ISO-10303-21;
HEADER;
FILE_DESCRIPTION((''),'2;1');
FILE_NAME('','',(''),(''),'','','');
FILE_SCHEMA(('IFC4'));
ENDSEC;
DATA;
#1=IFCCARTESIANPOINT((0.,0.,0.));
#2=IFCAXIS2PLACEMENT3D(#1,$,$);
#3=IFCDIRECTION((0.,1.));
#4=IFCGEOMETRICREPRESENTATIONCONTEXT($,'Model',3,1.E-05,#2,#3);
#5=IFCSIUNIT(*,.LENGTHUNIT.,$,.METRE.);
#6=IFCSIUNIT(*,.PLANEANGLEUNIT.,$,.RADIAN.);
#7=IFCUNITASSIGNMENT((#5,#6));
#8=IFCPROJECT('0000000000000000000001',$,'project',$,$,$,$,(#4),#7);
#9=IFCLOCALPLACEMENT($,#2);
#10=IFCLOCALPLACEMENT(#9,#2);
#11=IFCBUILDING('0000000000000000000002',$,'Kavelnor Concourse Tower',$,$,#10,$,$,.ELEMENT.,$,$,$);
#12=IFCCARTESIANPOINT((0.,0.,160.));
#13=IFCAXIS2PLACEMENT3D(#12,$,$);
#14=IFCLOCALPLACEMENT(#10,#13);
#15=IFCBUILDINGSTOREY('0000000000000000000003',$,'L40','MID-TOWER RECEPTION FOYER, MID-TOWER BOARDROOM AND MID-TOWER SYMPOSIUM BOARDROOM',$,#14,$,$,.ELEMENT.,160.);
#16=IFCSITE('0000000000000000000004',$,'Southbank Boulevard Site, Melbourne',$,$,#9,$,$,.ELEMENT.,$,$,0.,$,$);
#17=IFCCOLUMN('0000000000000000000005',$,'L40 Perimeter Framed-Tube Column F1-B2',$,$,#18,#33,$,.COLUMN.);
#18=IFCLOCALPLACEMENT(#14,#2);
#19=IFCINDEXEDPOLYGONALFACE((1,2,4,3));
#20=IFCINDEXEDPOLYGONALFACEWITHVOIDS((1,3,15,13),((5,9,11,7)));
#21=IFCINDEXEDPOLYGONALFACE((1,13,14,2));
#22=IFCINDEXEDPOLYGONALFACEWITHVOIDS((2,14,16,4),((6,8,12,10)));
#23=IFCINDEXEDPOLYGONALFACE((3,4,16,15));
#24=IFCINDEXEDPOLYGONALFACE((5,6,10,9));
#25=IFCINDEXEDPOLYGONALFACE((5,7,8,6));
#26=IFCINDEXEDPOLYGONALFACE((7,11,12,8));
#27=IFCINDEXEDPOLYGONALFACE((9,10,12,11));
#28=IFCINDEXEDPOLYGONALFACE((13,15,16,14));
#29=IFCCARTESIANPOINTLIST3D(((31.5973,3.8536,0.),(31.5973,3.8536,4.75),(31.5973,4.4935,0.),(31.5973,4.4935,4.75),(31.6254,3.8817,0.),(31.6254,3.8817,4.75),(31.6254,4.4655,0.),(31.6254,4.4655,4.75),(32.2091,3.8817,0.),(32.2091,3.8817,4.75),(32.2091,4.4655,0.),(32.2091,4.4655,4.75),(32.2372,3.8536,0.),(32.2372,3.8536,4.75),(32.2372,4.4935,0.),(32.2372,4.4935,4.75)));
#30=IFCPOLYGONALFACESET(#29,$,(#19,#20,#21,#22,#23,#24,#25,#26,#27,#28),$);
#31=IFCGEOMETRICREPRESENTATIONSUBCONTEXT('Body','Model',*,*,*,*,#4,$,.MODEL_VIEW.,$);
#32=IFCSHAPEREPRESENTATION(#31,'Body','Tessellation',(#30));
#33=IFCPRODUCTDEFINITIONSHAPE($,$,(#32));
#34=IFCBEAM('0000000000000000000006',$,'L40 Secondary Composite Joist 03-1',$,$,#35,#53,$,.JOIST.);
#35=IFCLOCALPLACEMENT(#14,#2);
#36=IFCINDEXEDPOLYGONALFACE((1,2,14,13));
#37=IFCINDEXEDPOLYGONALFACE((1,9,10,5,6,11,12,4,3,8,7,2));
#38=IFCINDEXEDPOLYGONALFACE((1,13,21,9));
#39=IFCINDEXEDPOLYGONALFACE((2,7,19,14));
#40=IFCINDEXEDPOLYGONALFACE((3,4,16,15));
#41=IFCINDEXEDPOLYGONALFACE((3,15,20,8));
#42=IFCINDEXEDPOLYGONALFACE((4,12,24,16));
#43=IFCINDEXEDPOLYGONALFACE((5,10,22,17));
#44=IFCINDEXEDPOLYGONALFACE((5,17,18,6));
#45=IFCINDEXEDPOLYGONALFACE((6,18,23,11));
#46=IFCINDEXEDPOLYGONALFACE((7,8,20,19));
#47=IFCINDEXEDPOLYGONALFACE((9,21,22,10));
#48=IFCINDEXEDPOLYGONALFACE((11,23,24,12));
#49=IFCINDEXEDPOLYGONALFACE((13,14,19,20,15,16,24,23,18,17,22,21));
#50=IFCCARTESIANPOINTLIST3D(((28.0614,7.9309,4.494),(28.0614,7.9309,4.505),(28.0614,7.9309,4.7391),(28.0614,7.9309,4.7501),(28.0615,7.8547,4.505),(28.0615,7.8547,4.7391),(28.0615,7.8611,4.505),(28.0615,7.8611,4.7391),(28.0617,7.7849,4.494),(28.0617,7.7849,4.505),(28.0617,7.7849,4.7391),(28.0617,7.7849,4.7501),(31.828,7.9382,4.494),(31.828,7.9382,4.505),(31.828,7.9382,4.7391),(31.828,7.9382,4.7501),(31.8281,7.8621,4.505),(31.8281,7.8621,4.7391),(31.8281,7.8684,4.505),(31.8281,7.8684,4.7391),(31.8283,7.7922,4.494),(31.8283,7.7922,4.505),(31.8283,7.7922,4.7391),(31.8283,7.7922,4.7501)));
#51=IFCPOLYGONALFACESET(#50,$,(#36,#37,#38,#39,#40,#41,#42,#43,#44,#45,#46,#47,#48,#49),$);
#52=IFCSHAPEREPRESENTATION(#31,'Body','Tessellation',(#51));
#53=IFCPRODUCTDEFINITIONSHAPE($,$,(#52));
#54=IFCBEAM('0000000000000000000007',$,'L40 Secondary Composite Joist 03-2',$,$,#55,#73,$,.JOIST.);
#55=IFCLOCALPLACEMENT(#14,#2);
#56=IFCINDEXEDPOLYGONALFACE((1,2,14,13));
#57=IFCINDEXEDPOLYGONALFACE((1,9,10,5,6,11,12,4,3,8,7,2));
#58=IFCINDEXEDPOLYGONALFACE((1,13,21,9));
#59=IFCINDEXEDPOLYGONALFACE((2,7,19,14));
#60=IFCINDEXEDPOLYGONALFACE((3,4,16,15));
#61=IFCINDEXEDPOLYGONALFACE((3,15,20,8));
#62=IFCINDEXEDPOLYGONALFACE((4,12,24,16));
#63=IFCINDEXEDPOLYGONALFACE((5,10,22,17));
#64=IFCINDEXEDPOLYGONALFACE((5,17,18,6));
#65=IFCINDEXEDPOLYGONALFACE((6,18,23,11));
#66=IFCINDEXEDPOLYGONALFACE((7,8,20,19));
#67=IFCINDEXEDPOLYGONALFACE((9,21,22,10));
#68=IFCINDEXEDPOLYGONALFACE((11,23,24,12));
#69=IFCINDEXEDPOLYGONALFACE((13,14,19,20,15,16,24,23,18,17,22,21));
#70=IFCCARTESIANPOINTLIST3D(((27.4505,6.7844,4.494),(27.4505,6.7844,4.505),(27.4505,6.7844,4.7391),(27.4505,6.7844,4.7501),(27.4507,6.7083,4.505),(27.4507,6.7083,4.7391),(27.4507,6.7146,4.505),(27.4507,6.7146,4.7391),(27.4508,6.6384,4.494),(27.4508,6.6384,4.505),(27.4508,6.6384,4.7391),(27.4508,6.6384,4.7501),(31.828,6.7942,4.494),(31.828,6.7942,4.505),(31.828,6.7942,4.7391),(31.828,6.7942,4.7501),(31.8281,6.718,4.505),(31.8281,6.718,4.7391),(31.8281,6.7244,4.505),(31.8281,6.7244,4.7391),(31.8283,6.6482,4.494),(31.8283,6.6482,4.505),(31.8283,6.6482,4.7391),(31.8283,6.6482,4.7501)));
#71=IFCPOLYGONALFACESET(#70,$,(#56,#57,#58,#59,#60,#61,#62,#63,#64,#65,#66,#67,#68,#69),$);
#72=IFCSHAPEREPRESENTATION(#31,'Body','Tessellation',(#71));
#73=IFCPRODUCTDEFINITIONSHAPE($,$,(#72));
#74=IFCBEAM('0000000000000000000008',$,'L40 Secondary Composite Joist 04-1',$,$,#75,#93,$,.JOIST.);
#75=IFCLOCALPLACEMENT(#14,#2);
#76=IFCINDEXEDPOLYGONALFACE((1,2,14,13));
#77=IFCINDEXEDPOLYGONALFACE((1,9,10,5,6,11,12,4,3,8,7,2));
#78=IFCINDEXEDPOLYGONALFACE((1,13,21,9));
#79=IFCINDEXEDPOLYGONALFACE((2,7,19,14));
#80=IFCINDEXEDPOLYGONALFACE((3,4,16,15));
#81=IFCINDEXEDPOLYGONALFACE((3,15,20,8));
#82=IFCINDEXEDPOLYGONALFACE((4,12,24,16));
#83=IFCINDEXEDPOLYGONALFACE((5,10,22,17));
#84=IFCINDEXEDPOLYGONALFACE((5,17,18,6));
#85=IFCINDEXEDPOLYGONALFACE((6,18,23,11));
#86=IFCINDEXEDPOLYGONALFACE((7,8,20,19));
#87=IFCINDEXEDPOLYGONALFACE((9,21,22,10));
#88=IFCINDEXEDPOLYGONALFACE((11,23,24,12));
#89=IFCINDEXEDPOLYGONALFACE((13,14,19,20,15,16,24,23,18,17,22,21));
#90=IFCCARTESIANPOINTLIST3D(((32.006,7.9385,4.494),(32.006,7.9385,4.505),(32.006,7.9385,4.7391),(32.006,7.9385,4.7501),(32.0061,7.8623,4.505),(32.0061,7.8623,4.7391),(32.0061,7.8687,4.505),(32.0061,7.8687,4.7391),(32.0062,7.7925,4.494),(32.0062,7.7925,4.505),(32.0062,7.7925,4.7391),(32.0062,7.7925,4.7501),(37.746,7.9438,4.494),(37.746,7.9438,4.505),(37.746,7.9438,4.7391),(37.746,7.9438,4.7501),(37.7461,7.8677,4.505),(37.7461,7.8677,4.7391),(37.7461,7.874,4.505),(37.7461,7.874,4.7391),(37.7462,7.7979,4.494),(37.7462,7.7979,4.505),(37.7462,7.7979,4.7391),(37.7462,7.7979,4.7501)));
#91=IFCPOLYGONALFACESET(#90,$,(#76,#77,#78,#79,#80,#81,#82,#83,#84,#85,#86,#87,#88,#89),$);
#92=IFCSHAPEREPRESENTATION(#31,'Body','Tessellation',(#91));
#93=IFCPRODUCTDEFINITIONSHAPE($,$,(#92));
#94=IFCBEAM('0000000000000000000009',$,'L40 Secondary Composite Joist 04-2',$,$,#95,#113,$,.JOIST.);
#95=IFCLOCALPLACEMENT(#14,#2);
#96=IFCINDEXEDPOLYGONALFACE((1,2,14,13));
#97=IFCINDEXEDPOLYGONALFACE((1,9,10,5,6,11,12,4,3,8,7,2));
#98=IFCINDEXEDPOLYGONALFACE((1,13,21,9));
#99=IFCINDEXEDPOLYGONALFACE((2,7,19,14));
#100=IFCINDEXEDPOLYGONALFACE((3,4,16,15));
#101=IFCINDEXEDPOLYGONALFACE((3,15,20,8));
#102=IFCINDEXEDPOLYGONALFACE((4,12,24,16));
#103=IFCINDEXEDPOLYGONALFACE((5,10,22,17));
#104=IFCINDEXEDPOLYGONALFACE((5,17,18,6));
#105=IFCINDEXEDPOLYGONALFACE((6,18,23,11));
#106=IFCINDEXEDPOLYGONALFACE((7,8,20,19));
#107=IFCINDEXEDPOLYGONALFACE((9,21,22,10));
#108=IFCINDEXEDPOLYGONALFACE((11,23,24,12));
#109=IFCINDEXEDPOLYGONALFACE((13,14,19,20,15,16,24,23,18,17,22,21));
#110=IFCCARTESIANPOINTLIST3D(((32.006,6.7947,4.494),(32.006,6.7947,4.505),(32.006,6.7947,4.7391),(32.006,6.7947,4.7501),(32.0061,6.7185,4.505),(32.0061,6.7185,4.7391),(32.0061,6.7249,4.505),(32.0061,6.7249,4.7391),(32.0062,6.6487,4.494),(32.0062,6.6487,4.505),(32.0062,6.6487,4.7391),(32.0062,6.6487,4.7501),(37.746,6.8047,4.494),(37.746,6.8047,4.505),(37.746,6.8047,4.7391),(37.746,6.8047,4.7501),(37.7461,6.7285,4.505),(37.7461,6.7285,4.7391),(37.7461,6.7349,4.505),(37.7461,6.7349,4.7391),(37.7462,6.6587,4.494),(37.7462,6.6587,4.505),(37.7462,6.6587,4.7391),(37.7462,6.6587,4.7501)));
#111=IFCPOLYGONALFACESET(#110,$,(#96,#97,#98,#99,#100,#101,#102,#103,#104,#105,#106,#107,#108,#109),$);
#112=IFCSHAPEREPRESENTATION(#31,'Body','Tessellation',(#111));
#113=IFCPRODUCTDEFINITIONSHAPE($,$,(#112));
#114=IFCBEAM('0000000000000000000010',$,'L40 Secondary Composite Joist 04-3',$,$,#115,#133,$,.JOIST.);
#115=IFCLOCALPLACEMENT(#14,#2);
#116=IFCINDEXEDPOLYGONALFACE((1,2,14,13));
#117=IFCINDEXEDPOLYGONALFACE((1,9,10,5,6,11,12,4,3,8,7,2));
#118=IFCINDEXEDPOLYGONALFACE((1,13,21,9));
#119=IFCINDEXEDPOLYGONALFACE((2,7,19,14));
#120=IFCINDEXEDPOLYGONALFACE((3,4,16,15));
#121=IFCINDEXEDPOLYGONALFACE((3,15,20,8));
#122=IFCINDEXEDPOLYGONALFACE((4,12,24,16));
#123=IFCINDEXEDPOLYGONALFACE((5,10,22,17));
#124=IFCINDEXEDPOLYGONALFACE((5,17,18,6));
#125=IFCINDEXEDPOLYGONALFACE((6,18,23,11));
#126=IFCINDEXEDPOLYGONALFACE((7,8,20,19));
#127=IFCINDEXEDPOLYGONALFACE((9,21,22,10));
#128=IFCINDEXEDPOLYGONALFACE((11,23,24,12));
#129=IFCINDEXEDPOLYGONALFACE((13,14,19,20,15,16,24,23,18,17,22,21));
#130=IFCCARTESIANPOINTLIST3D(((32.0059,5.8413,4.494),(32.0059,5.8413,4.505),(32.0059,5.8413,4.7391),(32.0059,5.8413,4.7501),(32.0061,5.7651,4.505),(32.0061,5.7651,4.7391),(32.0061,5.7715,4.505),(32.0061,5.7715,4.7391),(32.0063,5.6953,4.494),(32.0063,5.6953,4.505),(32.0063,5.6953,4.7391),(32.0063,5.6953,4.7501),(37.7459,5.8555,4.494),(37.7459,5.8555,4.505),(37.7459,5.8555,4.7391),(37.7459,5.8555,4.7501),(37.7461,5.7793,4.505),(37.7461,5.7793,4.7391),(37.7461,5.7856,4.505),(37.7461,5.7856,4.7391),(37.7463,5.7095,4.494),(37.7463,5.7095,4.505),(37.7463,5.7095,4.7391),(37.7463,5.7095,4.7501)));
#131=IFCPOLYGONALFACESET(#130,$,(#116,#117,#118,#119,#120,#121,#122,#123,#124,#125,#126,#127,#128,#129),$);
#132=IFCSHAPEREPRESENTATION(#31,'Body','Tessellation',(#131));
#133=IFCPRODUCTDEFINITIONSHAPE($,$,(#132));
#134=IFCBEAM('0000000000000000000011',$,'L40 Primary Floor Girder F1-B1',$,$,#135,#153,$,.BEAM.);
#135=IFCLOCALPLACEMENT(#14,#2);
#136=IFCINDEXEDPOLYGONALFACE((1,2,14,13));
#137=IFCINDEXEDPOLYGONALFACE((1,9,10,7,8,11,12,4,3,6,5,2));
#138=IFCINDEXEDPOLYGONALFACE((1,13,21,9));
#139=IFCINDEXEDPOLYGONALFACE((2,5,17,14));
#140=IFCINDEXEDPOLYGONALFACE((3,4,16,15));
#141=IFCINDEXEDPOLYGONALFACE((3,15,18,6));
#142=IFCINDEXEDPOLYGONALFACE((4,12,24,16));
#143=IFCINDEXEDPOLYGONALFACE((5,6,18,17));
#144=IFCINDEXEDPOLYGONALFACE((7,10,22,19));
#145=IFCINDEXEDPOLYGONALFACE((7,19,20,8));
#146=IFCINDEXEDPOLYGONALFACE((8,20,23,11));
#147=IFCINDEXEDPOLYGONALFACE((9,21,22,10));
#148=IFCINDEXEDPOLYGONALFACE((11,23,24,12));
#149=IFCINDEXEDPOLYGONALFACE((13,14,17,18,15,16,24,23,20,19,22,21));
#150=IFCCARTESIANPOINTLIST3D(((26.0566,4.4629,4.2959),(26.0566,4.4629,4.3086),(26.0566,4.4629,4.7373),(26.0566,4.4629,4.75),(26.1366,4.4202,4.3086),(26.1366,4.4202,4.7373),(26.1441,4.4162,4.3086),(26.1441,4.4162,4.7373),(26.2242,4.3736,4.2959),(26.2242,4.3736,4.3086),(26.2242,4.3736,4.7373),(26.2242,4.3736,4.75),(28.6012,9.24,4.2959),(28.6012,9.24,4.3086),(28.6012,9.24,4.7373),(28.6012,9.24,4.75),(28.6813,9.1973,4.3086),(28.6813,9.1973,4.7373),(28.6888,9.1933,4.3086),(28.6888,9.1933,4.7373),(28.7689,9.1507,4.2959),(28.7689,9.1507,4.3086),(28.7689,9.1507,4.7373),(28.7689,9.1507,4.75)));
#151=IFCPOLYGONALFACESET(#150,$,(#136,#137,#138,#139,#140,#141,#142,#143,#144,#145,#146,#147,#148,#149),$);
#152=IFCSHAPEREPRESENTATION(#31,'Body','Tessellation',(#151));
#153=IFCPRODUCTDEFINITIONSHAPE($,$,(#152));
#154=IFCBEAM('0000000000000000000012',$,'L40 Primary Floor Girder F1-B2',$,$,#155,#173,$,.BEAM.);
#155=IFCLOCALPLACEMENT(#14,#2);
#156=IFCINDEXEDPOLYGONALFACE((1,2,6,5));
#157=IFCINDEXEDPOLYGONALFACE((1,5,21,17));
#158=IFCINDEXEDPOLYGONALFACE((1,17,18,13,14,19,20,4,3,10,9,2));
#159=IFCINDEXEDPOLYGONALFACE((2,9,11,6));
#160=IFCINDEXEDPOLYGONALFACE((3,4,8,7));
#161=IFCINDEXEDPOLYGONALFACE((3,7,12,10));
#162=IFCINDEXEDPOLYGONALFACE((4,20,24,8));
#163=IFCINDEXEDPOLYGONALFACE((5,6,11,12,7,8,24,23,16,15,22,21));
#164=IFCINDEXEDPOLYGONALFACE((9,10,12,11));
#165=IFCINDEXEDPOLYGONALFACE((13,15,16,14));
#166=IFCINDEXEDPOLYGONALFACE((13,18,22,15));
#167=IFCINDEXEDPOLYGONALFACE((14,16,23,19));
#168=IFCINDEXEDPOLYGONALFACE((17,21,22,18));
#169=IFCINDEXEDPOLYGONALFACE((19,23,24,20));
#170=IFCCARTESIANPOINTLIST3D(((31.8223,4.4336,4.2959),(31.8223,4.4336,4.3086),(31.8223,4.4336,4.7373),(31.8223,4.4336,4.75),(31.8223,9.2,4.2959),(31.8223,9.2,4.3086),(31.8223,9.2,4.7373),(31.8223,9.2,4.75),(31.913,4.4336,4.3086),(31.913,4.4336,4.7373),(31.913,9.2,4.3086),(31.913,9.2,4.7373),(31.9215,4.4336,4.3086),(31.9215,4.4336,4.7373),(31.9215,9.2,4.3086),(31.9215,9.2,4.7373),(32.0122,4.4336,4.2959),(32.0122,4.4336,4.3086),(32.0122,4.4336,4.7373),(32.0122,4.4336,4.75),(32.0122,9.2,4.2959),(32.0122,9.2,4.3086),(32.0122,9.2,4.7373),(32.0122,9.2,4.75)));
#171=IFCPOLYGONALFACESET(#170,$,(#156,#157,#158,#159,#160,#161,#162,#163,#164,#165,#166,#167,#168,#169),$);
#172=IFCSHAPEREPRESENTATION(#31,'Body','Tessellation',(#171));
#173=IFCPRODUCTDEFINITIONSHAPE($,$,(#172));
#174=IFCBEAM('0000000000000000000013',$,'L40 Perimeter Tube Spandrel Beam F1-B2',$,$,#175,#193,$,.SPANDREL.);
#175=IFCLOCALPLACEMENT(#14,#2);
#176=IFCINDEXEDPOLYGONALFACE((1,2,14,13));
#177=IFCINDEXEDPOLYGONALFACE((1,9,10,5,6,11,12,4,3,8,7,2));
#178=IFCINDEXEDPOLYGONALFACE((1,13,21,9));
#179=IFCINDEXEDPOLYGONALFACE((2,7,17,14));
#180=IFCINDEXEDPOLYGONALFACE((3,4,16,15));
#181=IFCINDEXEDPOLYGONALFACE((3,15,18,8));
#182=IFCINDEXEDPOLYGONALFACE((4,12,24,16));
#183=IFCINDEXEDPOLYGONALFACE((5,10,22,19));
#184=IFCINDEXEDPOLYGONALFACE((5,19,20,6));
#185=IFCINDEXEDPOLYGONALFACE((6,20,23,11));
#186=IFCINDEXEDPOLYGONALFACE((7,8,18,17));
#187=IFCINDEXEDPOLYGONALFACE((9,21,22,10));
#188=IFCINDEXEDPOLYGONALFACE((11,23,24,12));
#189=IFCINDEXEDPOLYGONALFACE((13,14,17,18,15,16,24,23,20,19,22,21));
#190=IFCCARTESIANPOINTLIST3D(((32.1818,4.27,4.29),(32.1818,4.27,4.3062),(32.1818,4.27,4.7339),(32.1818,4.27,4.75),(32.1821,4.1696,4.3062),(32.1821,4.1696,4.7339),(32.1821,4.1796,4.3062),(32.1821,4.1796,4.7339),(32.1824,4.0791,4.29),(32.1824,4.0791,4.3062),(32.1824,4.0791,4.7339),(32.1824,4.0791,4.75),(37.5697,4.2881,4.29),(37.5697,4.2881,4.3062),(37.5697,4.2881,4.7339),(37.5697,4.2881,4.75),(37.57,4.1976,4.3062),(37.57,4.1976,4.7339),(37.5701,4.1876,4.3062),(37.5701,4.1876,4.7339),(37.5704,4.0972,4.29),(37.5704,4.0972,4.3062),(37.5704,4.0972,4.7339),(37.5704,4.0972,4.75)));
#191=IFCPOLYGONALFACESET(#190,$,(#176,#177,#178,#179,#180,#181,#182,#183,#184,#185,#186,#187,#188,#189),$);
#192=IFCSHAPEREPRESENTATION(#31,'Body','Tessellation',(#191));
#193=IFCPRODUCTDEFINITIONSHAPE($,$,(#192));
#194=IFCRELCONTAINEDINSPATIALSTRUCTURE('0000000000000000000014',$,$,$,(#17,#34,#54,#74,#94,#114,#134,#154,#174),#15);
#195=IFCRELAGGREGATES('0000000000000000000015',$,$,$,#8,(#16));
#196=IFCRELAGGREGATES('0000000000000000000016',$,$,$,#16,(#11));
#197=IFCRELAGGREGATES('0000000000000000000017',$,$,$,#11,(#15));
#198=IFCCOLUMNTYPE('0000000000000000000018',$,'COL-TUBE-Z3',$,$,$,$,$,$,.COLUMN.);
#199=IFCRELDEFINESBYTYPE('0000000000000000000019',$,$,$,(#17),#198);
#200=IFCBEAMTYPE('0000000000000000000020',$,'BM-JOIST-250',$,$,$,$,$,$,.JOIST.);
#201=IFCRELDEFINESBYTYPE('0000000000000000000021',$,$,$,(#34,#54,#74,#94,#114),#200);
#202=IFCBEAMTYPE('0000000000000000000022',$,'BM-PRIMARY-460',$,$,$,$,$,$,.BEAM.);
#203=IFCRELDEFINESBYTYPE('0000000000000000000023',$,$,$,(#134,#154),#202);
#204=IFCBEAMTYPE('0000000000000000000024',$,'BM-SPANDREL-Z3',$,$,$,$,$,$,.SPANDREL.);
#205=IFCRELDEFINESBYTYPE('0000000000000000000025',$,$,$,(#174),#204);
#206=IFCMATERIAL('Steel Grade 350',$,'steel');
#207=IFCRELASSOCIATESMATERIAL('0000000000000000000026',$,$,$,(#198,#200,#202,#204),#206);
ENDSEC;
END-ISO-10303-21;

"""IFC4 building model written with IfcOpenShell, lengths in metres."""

from ifc_helpers import new_model, si_unit, direction, frame, origin, origin_2d, place, context, subcontext, project, spatial, hollow_rectangle, i_section, extrude, material, material_profile, profile_set, type_object, element, save


model = new_model("IFC4")

# Units and contexts
model_context = context("Model", 3, precision=1e-05, world=origin(), true_north=direction((0.0, 1.0)))
body_context = subcontext(model_context, "Body", "Model", "MODEL_VIEW")
ifc_project = project(units=[si_unit("LENGTHUNIT", "METRE"), si_unit("PLANEANGLEUNIT", "RADIAN")], contexts=[model_context])

# Site, building, storey
site_placement = place(None, origin())
site = spatial("IfcSite", under=ifc_project, at=site_placement, Name="Southbank Boulevard Site, Melbourne", CompositionType="ELEMENT", RefElevation=0.0)
building_placement = place(site_placement, origin())
building = spatial("IfcBuilding", under=site, at=building_placement, Name="Kavelnor Concourse Tower", CompositionType="ELEMENT")
storey_placement = place(building_placement, frame((0.0, 0.0, 160.0)))
storey = spatial("IfcBuildingStorey", under=building, at=storey_placement, Name="L40", Description="MID-TOWER RECEPTION FOYER, MID-TOWER BOARDROOM AND MID-TOWER SYMPOSIUM BOARDROOM", CompositionType="ELEMENT", Elevation=160.0)

# Column
ifc_material_1 = material(Name="Steel Grade 350", Category="steel")
ifc_material_profile_1 = material_profile(ifc_material_1, hollow_rectangle(XDim=0.6399, YDim=0.6399, WallThickness=0.0281, at=origin_2d()), Name="SHS 640x640x28")
ifc_profile_set_1 = profile_set([ifc_material_profile_1], Name="Steel Grade 350")
column_type = type_object("IfcColumnType", Name="COL-TUBE-Z3", PredefinedType="COLUMN", material=ifc_profile_set_1)
column_placement = place(storey_placement, frame((31.9172, 4.1736, 0.0), z_axis=(0.0, 0.0, 1.0), x_axis=(1.0, 0.0, 0.0)))
element("IfcColumn", 1, at=column_placement, inside=storey, type_object=column_type, Name="L40 Perimeter Framed-Tube Column F1-B2", PredefinedType="COLUMN", context=body_context, shape_type="SweptSolid", body=[
    extrude(hollow_rectangle(XDim=0.6399, YDim=0.6399, WallThickness=0.0281, at=origin_2d()), origin(), (0.0, 0.0, 1.0), 4.75),
])

# Beams
ifc_material_profile_2 = material_profile(ifc_material_1, i_section(OverallWidth=0.146, OverallDepth=0.2561, WebThickness=0.0063, FlangeThickness=0.011, at=origin_2d()), Name="250UB37")
ifc_profile_set_2 = profile_set([ifc_material_profile_2], Name="Steel Grade 350")
beam_type_1 = type_object("IfcBeamType", Name="BM-JOIST-250", PredefinedType="JOIST", material=ifc_profile_set_2)
beam_1_placement = place(storey_placement, frame((28.0615, 7.8579, 4.6221), z_axis=(0.999998, 0.001945, 0.0), x_axis=(-0.001945, 0.999998, 0.0)))
element("IfcBeam", 2, at=beam_1_placement, inside=storey, type_object=beam_type_1, Name="L40 Secondary Composite Joist 03-1", PredefinedType="JOIST", context=body_context, shape_type="SweptSolid", body=[
    extrude(i_section(OverallWidth=0.146, OverallDepth=0.2561, WebThickness=0.0063, FlangeThickness=0.011, at=origin_2d()), origin(), (0.0, 0.0, 1.0), 3.7666),
])
beam_2_placement = place(storey_placement, frame((27.4507, 6.7114, 4.6221), z_axis=(0.999998, 0.002231, 0.0), x_axis=(-0.002231, 0.999998, 0.0)))
element("IfcBeam", 3, at=beam_2_placement, inside=storey, type_object=beam_type_1, Name="L40 Secondary Composite Joist 03-2", PredefinedType="JOIST", context=body_context, shape_type="SweptSolid", body=[
    extrude(i_section(OverallWidth=0.146, OverallDepth=0.2561, WebThickness=0.0063, FlangeThickness=0.011, at=origin_2d()), origin(), (0.0, 0.0, 1.0), 4.3774),
])
for number, where, z_axis, x_axis, name in (
    (4, (32.0061, 7.8655, 4.6221), (1.0, 0.000936, 0.0), (-0.000936, 1.0, 0.0), "L40 Secondary Composite Joist 04-1"),
    (5, (32.0061, 6.7217, 4.6221), (0.999998, 0.001744, 0.0), (-0.001744, 0.999998, 0.0), "L40 Secondary Composite Joist 04-2"),
    (6, (32.0061, 5.7683, 4.6221), (0.999997, 0.002467, 0.0), (-0.002467, 0.999997, 0.0), "L40 Secondary Composite Joist 04-3"),
):
    element("IfcBeam", number, at=place(storey_placement, frame(where, z_axis=z_axis, x_axis=x_axis)), inside=storey, type_object=beam_type_1, Name=name, PredefinedType="JOIST", context=body_context, shape_type="SweptSolid", body=[
        extrude(i_section(OverallWidth=0.146, OverallDepth=0.2561, WebThickness=0.0063, FlangeThickness=0.011, at=origin_2d()), origin(), (0.0, 0.0, 1.0), 5.74),
    ])
ifc_material_profile_3 = material_profile(ifc_material_1, i_section(OverallWidth=0.1899, OverallDepth=0.4541, WebThickness=0.0085, FlangeThickness=0.0127, at=origin_2d()), Name="460UB67")
ifc_profile_set_3 = profile_set([ifc_material_profile_3], Name="Steel Grade 350")
beam_type_2 = type_object("IfcBeamType", Name="BM-PRIMARY-460", PredefinedType="BEAM", material=ifc_profile_set_3)
beam_3_placement = place(storey_placement, frame((28.6851, 9.1953, 4.5229), z_axis=(-0.470141, -0.882591, 0.0), x_axis=(0.882591, -0.470141, 0.0)))
element("IfcBeam", 7, at=beam_3_placement, inside=storey, type_object=beam_type_2, Name="L40 Primary Floor Girder F1-B1", PredefinedType="BEAM", context=body_context, shape_type="SweptSolid", body=[
    extrude(i_section(OverallWidth=0.1899, OverallDepth=0.4541, WebThickness=0.0085, FlangeThickness=0.0127, at=origin_2d()), origin(), (0.0, 0.0, 1.0), 5.4126),
])
beam_4_placement = place(storey_placement, frame((31.9172, 9.2, 4.5229), z_axis=(0.0, -1.0, 0.0), x_axis=(1.0, 0.0, 0.0)))
element("IfcBeam", 8, at=beam_4_placement, inside=storey, type_object=beam_type_2, Name="L40 Primary Floor Girder F1-B2", PredefinedType="BEAM", context=body_context, shape_type="SweptSolid", body=[
    extrude(i_section(OverallWidth=0.1899, OverallDepth=0.4541, WebThickness=0.0085, FlangeThickness=0.0127, at=origin_2d()), origin(), (0.0, 0.0, 1.0), 4.7664),
])
ifc_material_profile_4 = material_profile(ifc_material_1, i_section(OverallWidth=0.1909, OverallDepth=0.46, WebThickness=0.01, FlangeThickness=0.0161, at=origin_2d()), Name="460UB82")
ifc_profile_set_4 = profile_set([ifc_material_profile_4], Name="Steel Grade 350")
beam_type_3 = type_object("IfcBeamType", Name="BM-SPANDREL-Z3", PredefinedType="SPANDREL", material=ifc_profile_set_4)
beam_5_placement = place(storey_placement, frame((32.1821, 4.1746, 4.52), z_axis=(0.999994, 0.003353, 0.0), x_axis=(-0.003353, 0.999994, 0.0)))
element("IfcBeam", 9, at=beam_5_placement, inside=storey, type_object=beam_type_3, Name="L40 Perimeter Tube Spandrel Beam F1-B2", PredefinedType="SPANDREL", context=body_context, shape_type="SweptSolid", body=[
    extrude(i_section(OverallWidth=0.1909, OverallDepth=0.46, WebThickness=0.01, FlangeThickness=0.0161, at=origin_2d()), origin(), (0.0, 0.0, 1.0), 5.3879),
])

save(model, "model.ifc")
